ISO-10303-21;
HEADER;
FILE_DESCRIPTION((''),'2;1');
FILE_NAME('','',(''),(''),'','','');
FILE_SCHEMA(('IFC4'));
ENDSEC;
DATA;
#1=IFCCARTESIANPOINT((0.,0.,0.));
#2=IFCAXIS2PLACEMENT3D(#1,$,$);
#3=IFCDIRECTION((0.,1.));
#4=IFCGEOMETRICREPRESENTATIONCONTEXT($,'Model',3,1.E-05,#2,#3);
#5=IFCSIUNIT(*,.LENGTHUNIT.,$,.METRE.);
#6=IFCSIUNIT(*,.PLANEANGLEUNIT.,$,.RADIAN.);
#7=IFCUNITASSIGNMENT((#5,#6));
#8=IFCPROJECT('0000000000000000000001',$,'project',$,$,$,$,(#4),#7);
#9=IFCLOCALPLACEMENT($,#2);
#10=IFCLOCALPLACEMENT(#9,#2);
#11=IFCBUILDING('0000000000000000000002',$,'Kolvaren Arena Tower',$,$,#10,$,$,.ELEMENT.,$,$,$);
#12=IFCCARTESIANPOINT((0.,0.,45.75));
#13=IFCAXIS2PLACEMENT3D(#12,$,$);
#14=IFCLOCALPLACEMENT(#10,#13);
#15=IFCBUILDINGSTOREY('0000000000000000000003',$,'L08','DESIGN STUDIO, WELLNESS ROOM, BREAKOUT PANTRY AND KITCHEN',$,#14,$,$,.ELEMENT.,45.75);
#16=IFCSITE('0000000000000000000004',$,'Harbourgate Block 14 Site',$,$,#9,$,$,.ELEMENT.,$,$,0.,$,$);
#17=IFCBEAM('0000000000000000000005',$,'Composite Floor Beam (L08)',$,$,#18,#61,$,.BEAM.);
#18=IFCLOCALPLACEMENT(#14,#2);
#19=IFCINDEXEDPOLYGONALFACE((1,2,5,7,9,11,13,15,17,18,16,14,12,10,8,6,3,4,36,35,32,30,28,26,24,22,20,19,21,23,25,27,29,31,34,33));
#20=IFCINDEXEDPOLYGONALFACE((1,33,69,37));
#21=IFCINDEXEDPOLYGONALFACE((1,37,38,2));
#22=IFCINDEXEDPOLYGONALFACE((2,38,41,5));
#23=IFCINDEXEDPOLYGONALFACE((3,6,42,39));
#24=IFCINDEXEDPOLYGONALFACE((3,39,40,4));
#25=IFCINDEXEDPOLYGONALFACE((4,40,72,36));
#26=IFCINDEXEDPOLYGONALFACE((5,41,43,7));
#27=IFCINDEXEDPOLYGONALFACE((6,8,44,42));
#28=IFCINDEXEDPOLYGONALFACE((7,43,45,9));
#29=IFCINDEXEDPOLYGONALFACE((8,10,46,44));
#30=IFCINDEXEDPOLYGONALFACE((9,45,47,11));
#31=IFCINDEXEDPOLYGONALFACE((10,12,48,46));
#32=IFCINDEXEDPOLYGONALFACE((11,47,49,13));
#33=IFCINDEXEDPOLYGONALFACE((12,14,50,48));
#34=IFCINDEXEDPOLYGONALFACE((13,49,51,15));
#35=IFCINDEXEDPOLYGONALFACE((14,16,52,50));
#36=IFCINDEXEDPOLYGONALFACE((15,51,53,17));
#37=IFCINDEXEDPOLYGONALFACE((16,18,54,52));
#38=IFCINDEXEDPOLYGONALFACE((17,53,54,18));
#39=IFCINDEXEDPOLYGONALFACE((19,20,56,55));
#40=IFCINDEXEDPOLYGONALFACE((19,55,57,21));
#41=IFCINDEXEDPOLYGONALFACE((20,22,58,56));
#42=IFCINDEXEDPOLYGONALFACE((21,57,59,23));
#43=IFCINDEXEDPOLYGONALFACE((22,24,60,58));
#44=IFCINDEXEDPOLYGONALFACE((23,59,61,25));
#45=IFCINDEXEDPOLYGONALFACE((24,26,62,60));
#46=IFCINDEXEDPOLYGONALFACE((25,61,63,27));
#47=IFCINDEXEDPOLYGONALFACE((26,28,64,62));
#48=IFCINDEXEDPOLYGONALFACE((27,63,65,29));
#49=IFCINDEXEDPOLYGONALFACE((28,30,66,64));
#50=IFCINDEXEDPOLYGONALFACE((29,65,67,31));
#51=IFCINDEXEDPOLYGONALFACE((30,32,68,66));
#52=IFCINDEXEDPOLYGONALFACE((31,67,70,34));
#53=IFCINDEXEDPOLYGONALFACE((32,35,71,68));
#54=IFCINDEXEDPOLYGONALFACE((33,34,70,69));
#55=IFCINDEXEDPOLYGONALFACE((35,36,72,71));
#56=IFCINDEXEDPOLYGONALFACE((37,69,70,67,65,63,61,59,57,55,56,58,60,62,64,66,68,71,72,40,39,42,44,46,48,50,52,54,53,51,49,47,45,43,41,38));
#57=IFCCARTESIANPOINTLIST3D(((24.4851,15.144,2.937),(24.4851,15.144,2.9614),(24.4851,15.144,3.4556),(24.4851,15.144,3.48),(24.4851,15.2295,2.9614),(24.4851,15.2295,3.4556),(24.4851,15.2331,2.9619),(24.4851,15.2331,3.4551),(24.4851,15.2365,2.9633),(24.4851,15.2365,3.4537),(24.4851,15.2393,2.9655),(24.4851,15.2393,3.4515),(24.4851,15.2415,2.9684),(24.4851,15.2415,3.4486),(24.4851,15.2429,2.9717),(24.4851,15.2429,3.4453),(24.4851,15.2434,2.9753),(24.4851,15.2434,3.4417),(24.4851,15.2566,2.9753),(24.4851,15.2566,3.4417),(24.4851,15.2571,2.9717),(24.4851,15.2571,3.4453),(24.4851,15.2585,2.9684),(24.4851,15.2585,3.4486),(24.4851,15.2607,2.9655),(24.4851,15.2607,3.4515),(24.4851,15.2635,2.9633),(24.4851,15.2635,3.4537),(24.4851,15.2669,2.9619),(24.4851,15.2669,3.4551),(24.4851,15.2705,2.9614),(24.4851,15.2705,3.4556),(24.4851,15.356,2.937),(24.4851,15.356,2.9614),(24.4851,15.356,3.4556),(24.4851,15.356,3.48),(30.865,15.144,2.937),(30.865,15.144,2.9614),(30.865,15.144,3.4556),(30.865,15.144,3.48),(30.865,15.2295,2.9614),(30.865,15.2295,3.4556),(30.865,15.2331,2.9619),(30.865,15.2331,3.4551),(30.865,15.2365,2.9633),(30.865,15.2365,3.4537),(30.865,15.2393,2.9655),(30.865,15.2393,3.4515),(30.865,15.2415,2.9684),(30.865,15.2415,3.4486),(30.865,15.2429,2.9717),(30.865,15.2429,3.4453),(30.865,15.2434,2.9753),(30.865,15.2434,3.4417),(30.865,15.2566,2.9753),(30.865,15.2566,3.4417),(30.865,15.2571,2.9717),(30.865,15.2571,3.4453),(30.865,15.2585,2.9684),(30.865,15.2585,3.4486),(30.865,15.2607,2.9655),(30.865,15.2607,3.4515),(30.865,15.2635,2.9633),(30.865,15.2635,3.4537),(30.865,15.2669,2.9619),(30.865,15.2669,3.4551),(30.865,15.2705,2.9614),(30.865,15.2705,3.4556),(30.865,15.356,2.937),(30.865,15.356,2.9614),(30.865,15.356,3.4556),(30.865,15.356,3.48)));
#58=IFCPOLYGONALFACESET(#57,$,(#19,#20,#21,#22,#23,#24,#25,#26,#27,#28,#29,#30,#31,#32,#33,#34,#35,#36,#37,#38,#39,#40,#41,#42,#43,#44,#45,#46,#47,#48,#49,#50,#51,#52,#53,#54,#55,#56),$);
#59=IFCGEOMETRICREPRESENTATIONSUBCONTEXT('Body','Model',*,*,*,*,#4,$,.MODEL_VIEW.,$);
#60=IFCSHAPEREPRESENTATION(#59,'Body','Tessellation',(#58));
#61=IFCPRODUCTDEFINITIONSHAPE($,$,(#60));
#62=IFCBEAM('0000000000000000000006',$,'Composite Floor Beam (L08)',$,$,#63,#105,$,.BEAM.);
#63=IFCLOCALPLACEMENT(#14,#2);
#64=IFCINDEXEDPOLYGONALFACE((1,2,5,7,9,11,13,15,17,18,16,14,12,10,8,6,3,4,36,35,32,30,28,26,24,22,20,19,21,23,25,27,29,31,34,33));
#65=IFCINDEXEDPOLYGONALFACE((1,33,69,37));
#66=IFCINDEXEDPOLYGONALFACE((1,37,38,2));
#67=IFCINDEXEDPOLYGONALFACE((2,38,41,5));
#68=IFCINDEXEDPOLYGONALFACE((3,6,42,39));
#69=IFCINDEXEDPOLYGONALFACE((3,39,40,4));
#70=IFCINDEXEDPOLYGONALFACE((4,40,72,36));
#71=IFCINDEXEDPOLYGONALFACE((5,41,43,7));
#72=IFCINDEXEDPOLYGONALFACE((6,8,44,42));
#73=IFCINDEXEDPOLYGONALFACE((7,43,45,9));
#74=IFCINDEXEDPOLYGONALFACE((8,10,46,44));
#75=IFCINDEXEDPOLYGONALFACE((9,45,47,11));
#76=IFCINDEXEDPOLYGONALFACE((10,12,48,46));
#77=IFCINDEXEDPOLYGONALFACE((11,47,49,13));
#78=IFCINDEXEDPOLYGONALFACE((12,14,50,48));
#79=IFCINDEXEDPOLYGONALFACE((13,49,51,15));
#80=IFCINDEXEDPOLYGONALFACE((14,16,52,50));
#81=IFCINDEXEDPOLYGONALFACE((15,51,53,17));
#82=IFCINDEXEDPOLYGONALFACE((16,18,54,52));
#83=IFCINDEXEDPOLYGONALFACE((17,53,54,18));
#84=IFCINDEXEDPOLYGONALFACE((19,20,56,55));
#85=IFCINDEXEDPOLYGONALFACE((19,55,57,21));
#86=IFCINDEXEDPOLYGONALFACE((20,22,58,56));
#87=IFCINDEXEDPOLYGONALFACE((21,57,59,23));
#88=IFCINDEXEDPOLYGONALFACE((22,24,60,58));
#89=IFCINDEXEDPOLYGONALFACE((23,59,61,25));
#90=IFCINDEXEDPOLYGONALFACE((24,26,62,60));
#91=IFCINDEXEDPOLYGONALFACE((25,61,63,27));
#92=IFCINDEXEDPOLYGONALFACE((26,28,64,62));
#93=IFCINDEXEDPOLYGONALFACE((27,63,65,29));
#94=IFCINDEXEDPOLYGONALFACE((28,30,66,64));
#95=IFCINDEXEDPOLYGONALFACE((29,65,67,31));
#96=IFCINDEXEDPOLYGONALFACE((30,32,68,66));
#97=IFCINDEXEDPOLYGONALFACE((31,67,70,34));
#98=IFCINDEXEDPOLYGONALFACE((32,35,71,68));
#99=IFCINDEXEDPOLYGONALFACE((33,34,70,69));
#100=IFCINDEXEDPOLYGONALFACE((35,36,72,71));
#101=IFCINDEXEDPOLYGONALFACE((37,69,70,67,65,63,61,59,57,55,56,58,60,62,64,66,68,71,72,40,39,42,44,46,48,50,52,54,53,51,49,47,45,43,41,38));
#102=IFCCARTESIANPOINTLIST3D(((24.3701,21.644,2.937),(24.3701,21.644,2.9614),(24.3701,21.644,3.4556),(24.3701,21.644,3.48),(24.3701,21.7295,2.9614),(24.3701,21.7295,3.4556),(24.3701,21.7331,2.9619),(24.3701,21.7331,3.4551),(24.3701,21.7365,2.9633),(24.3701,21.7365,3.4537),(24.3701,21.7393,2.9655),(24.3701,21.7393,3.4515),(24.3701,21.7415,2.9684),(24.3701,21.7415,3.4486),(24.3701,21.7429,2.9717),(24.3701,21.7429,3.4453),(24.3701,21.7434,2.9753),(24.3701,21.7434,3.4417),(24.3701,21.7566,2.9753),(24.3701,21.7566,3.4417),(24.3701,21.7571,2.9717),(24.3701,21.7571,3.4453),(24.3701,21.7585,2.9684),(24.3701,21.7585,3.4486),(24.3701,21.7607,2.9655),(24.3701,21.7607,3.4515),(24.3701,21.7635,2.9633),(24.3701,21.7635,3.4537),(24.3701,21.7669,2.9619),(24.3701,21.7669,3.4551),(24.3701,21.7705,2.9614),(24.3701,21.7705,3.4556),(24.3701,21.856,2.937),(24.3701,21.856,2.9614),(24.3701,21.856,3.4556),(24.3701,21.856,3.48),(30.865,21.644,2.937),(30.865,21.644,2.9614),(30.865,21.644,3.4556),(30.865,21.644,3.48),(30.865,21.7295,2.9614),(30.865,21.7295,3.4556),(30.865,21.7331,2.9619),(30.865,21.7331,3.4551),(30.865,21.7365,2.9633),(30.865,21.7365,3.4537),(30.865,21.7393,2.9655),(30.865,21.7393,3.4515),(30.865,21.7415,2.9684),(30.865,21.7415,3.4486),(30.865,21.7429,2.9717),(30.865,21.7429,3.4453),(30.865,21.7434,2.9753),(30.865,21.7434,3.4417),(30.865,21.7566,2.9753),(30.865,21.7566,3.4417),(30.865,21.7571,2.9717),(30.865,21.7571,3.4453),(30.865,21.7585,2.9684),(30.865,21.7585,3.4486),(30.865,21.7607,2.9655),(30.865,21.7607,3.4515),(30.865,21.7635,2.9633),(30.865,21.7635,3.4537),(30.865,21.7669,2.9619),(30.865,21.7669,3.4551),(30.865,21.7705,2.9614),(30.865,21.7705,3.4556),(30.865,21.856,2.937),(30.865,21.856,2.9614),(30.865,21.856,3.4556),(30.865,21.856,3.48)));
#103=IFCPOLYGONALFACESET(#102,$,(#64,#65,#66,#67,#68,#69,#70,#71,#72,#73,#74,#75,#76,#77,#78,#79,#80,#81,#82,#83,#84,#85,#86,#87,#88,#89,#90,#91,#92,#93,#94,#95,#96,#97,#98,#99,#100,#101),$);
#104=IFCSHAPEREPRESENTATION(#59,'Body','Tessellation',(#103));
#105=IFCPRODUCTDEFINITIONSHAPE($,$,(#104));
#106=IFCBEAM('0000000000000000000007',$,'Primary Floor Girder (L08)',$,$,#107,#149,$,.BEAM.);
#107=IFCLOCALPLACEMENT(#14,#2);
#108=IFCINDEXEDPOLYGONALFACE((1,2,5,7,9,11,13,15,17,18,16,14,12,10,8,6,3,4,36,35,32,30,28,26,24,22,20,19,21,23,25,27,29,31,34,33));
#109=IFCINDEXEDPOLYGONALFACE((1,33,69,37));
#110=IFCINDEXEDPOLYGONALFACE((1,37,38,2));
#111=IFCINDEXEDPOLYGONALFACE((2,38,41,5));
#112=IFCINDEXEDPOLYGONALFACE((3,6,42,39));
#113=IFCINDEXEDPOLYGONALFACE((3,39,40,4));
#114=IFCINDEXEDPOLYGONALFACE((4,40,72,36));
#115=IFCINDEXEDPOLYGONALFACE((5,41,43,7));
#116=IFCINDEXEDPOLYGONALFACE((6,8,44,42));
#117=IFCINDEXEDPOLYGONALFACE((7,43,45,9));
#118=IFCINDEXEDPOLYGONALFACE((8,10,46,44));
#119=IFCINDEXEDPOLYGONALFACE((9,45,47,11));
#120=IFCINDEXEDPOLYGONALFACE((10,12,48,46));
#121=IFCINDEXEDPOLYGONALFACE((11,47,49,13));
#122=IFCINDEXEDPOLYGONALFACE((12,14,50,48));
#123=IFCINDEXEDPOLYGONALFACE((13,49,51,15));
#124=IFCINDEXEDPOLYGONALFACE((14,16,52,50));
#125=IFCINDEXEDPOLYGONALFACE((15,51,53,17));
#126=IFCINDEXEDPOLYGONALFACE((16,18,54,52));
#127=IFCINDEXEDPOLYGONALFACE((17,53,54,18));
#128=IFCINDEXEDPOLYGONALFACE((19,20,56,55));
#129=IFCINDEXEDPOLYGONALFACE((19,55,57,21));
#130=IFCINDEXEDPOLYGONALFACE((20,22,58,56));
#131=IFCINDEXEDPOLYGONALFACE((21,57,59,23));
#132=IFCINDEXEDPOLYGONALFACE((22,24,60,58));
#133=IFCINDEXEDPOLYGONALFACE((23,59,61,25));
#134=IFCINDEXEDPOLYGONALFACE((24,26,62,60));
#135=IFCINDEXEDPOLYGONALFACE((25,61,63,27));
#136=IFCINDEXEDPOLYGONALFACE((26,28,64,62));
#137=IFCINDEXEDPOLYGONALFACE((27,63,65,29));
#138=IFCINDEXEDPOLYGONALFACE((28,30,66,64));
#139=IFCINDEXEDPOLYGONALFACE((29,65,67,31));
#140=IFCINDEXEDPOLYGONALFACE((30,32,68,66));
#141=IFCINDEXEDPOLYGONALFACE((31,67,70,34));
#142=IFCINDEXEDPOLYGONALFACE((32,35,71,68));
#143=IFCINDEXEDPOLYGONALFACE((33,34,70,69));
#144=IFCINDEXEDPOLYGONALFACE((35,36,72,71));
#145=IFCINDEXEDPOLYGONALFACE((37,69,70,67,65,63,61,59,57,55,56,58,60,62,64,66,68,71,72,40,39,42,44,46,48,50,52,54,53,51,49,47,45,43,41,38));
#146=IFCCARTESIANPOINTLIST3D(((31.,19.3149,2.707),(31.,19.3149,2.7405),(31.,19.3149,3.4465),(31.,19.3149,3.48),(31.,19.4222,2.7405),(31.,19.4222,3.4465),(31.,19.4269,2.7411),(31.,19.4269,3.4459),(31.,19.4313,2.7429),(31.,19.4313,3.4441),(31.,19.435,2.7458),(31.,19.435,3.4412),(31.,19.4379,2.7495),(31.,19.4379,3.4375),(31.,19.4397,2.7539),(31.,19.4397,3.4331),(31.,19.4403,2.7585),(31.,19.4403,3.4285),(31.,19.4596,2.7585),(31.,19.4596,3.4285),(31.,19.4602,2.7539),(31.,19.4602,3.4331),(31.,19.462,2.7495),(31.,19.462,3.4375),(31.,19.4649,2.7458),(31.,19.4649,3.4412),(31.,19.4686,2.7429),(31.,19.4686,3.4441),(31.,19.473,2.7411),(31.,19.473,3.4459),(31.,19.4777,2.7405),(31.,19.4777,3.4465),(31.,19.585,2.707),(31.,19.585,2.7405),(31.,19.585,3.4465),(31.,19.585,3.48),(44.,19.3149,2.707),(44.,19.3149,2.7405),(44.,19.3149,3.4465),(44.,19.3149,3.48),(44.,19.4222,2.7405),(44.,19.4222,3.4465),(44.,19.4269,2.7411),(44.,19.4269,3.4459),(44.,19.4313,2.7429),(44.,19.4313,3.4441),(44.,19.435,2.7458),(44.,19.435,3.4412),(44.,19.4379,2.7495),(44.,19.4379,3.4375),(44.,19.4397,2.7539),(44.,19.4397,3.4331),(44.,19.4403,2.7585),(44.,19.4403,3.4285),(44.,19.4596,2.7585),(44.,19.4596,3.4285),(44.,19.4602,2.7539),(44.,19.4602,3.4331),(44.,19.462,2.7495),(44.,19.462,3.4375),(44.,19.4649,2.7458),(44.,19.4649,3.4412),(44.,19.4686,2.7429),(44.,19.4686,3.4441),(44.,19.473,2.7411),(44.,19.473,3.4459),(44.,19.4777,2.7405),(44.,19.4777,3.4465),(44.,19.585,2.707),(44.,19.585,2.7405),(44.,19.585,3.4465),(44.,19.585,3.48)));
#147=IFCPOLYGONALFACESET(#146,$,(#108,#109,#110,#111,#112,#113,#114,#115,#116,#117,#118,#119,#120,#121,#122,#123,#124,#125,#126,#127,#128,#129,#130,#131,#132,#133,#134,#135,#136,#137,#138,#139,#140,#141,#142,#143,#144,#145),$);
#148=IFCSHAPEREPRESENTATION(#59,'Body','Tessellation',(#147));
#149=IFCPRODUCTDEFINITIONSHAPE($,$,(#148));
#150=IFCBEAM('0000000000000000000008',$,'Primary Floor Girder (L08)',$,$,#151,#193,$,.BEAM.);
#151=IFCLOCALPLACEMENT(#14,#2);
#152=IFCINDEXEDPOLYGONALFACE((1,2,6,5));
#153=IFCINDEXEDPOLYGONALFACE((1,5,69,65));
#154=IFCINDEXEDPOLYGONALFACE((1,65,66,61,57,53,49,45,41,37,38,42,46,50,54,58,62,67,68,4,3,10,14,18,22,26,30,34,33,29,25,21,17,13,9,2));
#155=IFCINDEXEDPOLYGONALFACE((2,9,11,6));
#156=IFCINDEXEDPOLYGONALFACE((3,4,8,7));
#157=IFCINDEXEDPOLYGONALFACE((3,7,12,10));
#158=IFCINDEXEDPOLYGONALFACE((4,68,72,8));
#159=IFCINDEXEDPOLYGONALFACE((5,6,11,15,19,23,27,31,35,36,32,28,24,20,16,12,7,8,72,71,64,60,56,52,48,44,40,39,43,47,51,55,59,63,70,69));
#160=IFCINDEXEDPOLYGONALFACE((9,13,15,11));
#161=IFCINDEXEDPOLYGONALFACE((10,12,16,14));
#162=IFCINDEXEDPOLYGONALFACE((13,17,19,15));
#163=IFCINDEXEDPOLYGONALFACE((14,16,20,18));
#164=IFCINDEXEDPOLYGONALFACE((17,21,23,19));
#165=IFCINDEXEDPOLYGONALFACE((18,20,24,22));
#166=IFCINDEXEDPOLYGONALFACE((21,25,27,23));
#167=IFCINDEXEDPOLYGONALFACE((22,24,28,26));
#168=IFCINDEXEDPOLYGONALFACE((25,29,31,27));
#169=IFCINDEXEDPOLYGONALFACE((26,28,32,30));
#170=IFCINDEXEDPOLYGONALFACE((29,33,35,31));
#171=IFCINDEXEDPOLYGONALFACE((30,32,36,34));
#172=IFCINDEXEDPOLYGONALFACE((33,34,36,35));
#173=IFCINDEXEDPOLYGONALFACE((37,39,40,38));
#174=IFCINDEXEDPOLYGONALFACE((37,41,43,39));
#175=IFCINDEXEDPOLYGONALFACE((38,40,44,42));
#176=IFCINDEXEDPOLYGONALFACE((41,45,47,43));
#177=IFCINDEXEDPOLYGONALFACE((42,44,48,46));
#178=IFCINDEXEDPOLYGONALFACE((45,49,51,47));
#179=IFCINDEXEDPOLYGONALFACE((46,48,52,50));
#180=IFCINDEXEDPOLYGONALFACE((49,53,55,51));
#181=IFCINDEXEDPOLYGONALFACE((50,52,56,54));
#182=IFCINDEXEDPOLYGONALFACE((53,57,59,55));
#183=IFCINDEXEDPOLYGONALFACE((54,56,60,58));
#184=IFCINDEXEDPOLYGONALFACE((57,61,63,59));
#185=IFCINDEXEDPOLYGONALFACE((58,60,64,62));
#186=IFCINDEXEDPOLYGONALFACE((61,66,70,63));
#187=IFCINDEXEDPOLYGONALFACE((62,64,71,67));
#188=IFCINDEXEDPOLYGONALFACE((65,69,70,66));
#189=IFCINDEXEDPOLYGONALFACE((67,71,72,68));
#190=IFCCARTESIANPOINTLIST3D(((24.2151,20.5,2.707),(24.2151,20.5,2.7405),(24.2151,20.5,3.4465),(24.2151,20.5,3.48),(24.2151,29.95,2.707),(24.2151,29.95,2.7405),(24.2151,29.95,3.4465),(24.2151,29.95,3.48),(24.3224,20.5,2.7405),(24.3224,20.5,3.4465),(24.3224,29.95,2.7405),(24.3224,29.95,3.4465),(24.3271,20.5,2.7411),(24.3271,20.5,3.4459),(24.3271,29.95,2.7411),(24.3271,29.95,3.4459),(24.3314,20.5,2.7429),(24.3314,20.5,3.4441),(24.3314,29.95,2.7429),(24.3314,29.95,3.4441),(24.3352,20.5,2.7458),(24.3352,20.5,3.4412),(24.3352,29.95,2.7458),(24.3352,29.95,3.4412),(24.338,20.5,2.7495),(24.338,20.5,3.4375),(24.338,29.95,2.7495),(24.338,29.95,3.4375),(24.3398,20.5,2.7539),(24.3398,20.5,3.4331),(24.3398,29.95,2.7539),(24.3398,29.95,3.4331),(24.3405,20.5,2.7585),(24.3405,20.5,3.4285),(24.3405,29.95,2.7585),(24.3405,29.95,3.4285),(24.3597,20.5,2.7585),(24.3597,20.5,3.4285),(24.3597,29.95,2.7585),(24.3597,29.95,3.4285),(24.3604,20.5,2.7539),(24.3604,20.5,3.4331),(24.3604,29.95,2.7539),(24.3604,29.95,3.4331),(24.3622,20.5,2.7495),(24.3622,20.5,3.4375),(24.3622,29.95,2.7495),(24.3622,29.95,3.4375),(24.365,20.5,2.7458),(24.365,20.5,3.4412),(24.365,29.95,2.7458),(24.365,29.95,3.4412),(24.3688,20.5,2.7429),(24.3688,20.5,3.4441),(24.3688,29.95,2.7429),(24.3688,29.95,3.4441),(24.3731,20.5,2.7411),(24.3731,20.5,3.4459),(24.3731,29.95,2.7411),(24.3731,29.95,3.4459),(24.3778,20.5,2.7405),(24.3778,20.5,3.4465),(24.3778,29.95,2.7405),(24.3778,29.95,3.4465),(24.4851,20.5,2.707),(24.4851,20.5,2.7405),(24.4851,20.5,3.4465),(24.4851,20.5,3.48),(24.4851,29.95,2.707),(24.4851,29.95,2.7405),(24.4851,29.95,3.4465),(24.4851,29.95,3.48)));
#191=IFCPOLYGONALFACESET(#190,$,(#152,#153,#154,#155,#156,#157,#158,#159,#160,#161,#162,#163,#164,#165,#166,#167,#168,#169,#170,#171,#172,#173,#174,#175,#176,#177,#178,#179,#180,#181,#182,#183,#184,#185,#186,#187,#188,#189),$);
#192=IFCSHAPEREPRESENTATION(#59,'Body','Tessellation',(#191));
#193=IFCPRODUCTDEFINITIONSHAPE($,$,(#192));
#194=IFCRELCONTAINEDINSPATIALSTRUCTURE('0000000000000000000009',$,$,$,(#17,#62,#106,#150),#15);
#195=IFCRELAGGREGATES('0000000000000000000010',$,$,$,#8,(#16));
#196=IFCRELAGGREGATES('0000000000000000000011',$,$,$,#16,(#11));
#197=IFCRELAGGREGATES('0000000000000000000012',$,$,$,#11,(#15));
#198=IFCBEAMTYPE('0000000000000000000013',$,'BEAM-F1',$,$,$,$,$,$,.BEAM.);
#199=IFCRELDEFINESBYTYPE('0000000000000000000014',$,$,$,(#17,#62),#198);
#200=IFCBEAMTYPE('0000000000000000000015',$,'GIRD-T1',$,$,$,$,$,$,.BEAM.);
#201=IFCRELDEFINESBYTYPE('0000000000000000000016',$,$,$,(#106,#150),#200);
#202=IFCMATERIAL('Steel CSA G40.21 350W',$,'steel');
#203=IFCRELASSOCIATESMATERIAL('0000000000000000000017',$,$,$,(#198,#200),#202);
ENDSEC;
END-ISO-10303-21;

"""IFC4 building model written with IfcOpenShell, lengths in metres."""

from ifc_helpers import new_model, si_unit, direction, frame, origin, origin_2d, place, context, subcontext, project, spatial, i_section, extrude, material, material_profile, profile_set, type_object, element, save


model = new_model("IFC4")

# Units and contexts
model_context = context("Model", 3, precision=1e-05, world=origin(), true_north=direction((0.0, 1.0)))
body_context = subcontext(model_context, "Body", "Model", "MODEL_VIEW")
ifc_project = project(units=[si_unit("LENGTHUNIT", "METRE"), si_unit("PLANEANGLEUNIT", "RADIAN")], contexts=[model_context])

# Site, building, storey
site_placement = place(None, origin())
site = spatial("IfcSite", under=ifc_project, at=site_placement, Name="Harbourgate Block 14 Site", CompositionType="ELEMENT", RefElevation=0.0)
building_placement = place(site_placement, origin())
building = spatial("IfcBuilding", under=site, at=building_placement, Name="Kolvaren Arena Tower", CompositionType="ELEMENT")
storey_placement = place(building_placement, frame((0.0, 0.0, 45.75)))
storey = spatial("IfcBuildingStorey", under=building, at=storey_placement, Name="L08", Description="DESIGN STUDIO, WELLNESS ROOM, BREAKOUT PANTRY AND KITCHEN", CompositionType="ELEMENT", Elevation=45.75)

# Beams
ifc_material_1 = material(Name="Steel CSA G40.21 350W", Category="steel")
ifc_material_profile_1 = material_profile(ifc_material_1, i_section(OverallWidth=0.2119, OverallDepth=0.543, WebThickness=0.0132, FlangeThickness=0.0244, FilletRadius=0.0139, at=origin_2d()), Name="W530x150")
ifc_profile_set_1 = profile_set([ifc_material_profile_1], Name="Steel CSA G40.21 350W")
beam_type_1 = type_object("IfcBeamType", Name="BEAM-F1", PredefinedType="BEAM", material=ifc_profile_set_1)
beam_1_placement = place(storey_placement, frame((24.4851, 15.25, 3.2085), z_axis=(1.0, 0.0, 0.0), x_axis=(0.0, 1.0, 0.0)))
element("IfcBeam", 1, at=beam_1_placement, inside=storey, type_object=beam_type_1, Name="Composite Floor Beam (L08)", PredefinedType="BEAM", context=body_context, shape_type="SweptSolid", body=[
    extrude(i_section(OverallWidth=0.2119, OverallDepth=0.543, WebThickness=0.0132, FlangeThickness=0.0244, FilletRadius=0.0139, at=origin_2d()), origin(), (0.0, 0.0, 1.0), 6.3799),
])
beam_2_placement = place(storey_placement, frame((24.3701, 21.75, 3.2085), z_axis=(1.0, 0.0, 0.0), x_axis=(0.0, 1.0, 0.0)))
element("IfcBeam", 2, at=beam_2_placement, inside=storey, type_object=beam_type_1, Name="Composite Floor Beam (L08)", PredefinedType="BEAM", context=body_context, shape_type="SweptSolid", body=[
    extrude(i_section(OverallWidth=0.2119, OverallDepth=0.543, WebThickness=0.0132, FlangeThickness=0.0244, FilletRadius=0.0139, at=origin_2d()), origin(), (0.0, 0.0, 1.0), 6.4949),
])
ifc_material_profile_2 = material_profile(ifc_material_1, i_section(OverallWidth=0.27, OverallDepth=0.7729, WebThickness=0.0193, FlangeThickness=0.0334, FilletRadius=0.0181, at=origin_2d()), Name="W760x257")
ifc_profile_set_2 = profile_set([ifc_material_profile_2], Name="Steel CSA G40.21 350W")
beam_type_2 = type_object("IfcBeamType", Name="GIRD-T1", PredefinedType="BEAM", material=ifc_profile_set_2)
beam_3_placement = place(storey_placement, frame((31.0, 19.45, 3.0935), z_axis=(1.0, 0.0, 0.0), x_axis=(0.0, 1.0, 0.0)))
element("IfcBeam", 3, at=beam_3_placement, inside=storey, type_object=beam_type_2, Name="Primary Floor Girder (L08)", PredefinedType="BEAM", context=body_context, shape_type="SweptSolid", body=[
    extrude(i_section(OverallWidth=0.27, OverallDepth=0.7729, WebThickness=0.0193, FlangeThickness=0.0334, FilletRadius=0.0181, at=origin_2d()), origin(), (0.0, 0.0, 1.0), 13.0),
])
beam_4_placement = place(storey_placement, frame((24.3501, 20.5, 3.0935), z_axis=(0.0, 1.0, 0.0), x_axis=(-1.0, 0.0, 0.0)))
element("IfcBeam", 4, at=beam_4_placement, inside=storey, type_object=beam_type_2, Name="Primary Floor Girder (L08)", PredefinedType="BEAM", context=body_context, shape_type="SweptSolid", body=[
    extrude(i_section(OverallWidth=0.27, OverallDepth=0.7729, WebThickness=0.0193, FlangeThickness=0.0334, FilletRadius=0.0181, at=origin_2d()), origin(), (0.0, 0.0, 1.0), 9.45),
])

save(model, "model.ifc")
